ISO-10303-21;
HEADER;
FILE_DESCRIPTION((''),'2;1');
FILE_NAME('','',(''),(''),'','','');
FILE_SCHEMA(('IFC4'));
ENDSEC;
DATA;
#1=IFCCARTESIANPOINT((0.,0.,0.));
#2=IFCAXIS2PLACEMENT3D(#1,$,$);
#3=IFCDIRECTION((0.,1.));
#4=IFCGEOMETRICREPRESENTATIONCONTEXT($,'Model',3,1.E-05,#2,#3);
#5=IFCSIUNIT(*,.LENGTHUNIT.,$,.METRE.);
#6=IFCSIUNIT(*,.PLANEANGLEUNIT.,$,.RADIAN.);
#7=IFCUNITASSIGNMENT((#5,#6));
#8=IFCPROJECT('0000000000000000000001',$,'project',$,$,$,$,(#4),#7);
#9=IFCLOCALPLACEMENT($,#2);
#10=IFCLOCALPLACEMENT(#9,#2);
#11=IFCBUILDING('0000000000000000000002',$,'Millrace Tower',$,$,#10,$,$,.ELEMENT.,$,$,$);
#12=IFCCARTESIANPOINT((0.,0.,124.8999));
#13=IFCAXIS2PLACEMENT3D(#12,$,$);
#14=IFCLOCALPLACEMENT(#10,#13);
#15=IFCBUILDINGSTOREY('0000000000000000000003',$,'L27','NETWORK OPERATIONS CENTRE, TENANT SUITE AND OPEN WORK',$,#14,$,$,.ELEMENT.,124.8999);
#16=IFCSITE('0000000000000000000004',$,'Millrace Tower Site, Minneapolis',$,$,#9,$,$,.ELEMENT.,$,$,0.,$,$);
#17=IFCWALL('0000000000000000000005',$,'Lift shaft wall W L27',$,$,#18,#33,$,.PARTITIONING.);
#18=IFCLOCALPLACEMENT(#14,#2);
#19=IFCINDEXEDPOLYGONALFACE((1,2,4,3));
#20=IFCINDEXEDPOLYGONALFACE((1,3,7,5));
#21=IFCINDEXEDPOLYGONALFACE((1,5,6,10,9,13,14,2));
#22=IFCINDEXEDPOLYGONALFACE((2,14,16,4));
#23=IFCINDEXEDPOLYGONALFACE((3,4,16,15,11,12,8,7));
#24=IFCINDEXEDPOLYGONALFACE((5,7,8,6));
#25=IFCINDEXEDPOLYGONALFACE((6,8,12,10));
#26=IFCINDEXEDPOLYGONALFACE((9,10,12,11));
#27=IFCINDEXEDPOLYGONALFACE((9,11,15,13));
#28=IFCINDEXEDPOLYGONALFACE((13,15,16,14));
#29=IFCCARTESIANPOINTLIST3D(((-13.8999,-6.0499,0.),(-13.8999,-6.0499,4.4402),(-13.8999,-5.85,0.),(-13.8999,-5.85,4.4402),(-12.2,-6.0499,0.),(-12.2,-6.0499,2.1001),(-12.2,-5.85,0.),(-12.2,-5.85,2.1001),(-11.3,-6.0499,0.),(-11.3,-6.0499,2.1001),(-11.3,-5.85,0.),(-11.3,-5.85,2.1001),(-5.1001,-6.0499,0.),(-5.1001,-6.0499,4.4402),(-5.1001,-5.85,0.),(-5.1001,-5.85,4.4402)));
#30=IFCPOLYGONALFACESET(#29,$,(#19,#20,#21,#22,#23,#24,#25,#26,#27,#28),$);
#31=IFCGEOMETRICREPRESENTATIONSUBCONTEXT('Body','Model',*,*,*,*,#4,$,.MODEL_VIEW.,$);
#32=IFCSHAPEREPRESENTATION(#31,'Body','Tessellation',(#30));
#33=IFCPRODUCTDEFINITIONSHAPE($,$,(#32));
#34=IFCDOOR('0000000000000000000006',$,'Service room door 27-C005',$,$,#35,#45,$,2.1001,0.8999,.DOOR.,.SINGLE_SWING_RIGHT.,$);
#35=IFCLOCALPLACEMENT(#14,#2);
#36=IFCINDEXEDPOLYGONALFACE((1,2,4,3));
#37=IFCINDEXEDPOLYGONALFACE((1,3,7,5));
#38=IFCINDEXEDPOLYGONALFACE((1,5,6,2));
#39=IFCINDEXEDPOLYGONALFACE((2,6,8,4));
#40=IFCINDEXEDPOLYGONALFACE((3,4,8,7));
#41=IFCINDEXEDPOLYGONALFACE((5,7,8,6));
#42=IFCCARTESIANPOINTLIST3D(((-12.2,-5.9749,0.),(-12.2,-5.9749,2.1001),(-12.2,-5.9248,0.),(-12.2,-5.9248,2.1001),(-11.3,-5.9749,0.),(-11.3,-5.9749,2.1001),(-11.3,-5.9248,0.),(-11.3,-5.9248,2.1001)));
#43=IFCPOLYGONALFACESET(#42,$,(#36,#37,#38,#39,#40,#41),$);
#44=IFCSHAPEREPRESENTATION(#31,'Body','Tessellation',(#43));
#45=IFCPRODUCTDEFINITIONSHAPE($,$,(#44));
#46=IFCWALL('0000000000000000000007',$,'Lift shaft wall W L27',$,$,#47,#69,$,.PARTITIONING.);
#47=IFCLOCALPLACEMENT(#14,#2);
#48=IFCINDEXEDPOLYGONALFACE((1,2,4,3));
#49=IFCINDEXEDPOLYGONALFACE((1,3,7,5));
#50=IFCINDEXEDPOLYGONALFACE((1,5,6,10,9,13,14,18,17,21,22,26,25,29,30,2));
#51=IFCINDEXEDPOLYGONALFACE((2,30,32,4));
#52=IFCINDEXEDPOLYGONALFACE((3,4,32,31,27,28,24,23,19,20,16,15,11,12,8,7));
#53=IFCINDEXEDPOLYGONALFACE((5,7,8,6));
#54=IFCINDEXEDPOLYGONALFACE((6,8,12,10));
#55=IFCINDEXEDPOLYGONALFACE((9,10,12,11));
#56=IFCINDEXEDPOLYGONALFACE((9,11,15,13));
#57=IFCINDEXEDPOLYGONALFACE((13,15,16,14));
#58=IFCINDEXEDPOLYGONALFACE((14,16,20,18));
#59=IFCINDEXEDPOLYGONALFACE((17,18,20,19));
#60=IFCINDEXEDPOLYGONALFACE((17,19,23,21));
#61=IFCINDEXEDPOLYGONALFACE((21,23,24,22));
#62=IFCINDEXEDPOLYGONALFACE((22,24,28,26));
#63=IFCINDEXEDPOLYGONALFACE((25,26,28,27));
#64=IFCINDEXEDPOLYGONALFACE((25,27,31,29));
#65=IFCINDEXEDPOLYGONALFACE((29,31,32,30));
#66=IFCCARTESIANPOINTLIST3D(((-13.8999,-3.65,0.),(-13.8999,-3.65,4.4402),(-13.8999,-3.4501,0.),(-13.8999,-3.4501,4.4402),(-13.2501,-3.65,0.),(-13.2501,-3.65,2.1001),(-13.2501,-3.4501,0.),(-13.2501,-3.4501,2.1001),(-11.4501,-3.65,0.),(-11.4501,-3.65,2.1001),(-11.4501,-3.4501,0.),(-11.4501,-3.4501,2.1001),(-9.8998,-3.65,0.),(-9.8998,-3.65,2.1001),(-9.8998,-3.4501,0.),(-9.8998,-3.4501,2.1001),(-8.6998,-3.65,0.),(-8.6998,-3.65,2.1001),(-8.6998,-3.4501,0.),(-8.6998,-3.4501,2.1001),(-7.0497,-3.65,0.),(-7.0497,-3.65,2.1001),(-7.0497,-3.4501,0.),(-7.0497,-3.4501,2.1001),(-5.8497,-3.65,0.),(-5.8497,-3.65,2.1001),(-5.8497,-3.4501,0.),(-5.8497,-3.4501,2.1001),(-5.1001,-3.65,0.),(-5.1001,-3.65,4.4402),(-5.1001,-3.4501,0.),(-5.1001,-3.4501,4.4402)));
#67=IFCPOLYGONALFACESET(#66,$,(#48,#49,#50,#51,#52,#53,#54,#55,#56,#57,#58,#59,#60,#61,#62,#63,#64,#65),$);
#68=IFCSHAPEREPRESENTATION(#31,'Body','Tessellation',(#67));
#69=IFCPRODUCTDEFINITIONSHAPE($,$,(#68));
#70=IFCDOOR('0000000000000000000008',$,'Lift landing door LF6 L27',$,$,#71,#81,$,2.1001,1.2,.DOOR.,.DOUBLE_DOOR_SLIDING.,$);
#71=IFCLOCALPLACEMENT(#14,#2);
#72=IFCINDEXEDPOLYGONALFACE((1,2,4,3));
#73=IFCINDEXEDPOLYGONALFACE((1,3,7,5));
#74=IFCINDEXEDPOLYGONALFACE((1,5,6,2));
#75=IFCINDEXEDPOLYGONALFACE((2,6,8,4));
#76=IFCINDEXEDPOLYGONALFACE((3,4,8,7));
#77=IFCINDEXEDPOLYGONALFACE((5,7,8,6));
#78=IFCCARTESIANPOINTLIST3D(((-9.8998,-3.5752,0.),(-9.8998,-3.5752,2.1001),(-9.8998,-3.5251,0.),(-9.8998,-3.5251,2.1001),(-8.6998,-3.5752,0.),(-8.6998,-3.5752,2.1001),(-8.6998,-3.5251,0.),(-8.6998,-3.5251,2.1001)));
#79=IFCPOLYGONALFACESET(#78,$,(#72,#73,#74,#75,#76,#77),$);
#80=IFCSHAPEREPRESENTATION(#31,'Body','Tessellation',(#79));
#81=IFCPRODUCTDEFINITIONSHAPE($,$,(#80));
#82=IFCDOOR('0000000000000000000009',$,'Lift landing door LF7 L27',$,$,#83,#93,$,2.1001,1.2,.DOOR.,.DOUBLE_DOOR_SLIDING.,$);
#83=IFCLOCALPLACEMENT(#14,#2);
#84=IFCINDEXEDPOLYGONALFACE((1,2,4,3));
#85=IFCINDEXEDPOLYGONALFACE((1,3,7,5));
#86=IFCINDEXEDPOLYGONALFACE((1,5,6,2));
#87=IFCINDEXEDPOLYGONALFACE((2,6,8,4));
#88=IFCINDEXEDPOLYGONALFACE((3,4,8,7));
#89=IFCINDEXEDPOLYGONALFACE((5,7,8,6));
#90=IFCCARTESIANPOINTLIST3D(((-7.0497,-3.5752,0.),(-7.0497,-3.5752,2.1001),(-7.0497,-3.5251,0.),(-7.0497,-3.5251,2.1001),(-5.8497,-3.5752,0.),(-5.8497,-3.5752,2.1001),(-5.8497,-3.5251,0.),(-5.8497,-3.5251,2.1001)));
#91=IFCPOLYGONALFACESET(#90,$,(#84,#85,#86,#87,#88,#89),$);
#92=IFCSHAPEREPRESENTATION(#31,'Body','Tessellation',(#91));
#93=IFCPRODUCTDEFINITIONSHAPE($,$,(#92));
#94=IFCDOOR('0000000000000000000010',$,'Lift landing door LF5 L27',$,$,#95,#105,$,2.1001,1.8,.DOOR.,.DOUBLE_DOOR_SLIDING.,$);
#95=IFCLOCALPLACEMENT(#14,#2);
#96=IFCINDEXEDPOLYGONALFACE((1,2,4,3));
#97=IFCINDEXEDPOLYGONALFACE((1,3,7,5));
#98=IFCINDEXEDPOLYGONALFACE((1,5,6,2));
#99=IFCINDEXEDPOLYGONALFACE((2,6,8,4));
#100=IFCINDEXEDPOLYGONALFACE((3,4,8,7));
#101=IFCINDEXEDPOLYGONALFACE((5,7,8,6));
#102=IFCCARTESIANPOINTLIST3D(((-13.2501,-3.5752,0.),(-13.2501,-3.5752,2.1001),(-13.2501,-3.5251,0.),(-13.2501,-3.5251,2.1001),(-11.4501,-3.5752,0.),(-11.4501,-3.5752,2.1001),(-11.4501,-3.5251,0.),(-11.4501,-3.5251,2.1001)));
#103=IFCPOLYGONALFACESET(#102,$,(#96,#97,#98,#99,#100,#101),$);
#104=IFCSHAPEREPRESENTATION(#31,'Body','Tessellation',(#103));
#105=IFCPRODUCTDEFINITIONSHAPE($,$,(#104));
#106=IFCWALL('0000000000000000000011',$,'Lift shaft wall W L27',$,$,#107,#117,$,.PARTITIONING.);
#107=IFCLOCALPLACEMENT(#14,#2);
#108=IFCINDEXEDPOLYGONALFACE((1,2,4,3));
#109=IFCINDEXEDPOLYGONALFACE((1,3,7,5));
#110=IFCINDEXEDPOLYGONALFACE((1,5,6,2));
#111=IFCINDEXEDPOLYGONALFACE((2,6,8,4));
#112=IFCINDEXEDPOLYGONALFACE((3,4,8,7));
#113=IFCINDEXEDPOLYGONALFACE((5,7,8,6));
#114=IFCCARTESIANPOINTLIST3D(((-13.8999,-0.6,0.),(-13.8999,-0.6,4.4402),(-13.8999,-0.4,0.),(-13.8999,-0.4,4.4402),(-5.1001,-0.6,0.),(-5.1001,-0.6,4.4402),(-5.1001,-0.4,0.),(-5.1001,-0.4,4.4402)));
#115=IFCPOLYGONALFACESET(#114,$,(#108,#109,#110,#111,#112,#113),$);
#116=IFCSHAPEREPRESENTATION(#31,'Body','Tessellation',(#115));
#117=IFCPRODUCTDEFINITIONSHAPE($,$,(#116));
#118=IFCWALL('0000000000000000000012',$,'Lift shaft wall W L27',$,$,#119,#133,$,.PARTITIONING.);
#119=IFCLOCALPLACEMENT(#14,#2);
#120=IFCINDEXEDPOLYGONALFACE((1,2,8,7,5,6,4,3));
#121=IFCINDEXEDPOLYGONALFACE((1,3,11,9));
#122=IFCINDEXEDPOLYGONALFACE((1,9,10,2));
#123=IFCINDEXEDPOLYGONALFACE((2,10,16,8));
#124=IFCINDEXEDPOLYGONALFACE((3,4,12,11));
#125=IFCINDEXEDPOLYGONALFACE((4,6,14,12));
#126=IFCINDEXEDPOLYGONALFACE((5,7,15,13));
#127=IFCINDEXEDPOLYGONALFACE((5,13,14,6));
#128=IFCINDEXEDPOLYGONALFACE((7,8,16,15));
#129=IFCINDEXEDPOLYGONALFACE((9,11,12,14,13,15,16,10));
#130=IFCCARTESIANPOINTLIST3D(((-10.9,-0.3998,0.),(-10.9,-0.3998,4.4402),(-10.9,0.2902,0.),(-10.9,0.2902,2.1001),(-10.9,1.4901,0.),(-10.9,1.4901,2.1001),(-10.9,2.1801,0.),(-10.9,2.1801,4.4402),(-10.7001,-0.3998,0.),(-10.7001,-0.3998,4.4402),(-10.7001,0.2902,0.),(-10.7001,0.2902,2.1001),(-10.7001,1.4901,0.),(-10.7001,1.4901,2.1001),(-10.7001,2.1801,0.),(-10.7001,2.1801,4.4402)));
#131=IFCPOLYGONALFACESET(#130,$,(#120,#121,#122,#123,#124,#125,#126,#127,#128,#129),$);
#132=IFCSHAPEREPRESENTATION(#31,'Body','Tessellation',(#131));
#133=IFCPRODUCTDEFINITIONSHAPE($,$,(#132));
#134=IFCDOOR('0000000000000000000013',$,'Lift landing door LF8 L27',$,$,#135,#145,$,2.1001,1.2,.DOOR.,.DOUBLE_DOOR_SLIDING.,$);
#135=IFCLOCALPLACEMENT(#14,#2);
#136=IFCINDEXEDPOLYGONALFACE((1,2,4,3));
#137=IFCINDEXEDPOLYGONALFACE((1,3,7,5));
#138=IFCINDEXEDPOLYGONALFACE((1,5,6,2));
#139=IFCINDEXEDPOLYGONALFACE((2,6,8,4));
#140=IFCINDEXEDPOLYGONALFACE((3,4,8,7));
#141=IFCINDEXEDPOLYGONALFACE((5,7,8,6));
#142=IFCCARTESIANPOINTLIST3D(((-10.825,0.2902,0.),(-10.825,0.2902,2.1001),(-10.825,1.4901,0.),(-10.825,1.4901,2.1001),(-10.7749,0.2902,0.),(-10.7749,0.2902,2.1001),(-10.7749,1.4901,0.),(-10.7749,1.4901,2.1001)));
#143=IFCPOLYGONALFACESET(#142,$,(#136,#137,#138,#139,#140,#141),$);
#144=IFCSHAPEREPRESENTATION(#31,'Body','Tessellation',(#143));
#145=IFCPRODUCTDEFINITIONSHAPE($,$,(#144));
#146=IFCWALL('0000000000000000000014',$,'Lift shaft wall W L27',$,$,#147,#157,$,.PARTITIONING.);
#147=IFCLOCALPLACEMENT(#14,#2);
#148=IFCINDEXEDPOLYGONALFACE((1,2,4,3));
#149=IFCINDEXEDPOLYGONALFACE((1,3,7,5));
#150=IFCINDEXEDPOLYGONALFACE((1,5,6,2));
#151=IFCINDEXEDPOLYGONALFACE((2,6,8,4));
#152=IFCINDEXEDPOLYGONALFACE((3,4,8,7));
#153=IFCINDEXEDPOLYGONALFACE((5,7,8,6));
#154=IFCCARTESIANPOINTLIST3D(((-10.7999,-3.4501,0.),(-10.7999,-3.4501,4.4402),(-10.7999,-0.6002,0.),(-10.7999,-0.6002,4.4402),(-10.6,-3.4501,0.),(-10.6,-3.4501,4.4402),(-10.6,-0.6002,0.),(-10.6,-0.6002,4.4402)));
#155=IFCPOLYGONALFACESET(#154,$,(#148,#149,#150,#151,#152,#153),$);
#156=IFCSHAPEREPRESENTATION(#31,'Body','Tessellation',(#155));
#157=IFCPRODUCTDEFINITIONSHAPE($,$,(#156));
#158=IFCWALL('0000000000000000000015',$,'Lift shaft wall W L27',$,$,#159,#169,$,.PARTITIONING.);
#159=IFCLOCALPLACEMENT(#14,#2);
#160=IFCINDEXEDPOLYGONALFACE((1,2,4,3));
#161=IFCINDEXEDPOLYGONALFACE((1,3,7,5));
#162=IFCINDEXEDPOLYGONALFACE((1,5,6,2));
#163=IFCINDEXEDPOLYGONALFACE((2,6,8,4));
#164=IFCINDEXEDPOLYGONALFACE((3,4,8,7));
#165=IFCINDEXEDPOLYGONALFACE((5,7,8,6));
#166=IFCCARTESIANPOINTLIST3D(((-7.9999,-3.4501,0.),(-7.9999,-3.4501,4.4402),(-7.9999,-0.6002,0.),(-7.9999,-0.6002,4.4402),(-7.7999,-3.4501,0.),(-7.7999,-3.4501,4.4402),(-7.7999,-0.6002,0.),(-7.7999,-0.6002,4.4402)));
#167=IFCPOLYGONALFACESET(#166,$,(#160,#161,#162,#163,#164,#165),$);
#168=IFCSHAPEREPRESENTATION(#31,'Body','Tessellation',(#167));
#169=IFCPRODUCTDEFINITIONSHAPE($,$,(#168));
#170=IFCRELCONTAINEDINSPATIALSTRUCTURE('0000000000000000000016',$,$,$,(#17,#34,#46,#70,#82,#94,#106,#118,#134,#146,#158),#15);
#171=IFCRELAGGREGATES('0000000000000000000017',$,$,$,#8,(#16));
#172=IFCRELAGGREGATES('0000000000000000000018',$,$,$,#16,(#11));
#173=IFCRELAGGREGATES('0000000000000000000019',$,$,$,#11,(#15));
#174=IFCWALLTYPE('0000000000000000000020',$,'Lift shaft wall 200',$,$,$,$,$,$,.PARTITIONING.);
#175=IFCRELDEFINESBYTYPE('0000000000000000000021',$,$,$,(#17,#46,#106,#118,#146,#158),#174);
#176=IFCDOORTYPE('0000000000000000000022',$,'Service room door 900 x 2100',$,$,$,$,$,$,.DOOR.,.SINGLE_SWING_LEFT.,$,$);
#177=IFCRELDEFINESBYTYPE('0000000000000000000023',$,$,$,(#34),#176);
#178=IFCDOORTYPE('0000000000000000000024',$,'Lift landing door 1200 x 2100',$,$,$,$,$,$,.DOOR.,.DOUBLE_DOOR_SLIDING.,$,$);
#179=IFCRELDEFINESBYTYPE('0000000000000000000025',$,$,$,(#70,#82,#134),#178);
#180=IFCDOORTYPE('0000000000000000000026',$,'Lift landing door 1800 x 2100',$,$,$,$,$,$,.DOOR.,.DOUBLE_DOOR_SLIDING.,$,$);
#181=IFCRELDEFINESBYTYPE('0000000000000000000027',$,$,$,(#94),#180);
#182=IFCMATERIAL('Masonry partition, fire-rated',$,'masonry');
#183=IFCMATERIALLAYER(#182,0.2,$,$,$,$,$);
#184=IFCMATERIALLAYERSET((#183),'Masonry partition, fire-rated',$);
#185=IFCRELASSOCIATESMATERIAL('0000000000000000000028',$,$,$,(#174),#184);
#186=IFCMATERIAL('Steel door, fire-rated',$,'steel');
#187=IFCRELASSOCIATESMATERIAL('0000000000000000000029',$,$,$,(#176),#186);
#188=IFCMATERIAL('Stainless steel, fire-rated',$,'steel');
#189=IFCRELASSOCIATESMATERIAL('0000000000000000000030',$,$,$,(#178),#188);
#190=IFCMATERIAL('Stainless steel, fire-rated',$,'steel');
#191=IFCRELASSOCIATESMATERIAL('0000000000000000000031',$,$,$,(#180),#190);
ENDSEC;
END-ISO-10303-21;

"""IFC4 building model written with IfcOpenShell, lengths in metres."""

from ifc_helpers import new_model, si_unit, direction, frame, frame_2d, origin, place, context, subcontext, project, spatial, rectangle, extrude, material, layer, layer_set, type_object, element, fill, save


model = new_model("IFC4")

# Units and contexts
model_context = context("Model", 3, precision=1e-05, world=origin(), true_north=direction((0.0, 1.0)))
body_context = subcontext(model_context, "Body", "Model", "MODEL_VIEW")
ifc_project = project(units=[si_unit("LENGTHUNIT", "METRE"), si_unit("PLANEANGLEUNIT", "RADIAN")], contexts=[model_context])

# Site, building, storey
site_placement = place(None, origin())
site = spatial("IfcSite", under=ifc_project, at=site_placement, Name="Millrace Tower Site, Minneapolis", CompositionType="ELEMENT", RefElevation=0.0)
building_placement = place(site_placement, origin())
building = spatial("IfcBuilding", under=site, at=building_placement, Name="Millrace Tower", CompositionType="ELEMENT")
storey_placement = place(building_placement, frame((0.0, 0.0, 124.8999)))
storey = spatial("IfcBuildingStorey", under=building, at=storey_placement, Name="L27", Description="NETWORK OPERATIONS CENTRE, TENANT SUITE AND OPEN WORK", CompositionType="ELEMENT", Elevation=124.8999)

# Wall, opening, door
ifc_material_1 = material(Name="Masonry partition, fire-rated", Category="masonry")
ifc_layer_1 = layer(ifc_material_1, 0.2)
ifc_layer_set_1 = layer_set([ifc_layer_1], Name="Masonry partition, fire-rated")
wall_type_1 = type_object("IfcWallType", Name="Lift shaft wall 200", PredefinedType="PARTITIONING", material=ifc_layer_set_1)
wall_1_placement = place(storey_placement, frame((-13.8999, -5.95, 0.0), z_axis=(0.0, 0.0, 1.0), x_axis=(1.0, 0.0, 0.0)))
wall_1 = element("IfcWall", 1, at=wall_1_placement, inside=storey, type_object=wall_type_1, Name="Lift shaft wall W L27", PredefinedType="PARTITIONING", context=body_context, shape_type="SweptSolid", body=[
    extrude(rectangle(XDim=8.7998, YDim=0.2, at=frame_2d((4.3999, 0.0))), origin(), (0.0, 0.0, 1.0), 4.4402),
])
opening_1_placement = place(wall_1_placement, frame((1.7, 0.0, 0.0)))
opening_1 = element("IfcOpeningElement", 2, at=opening_1_placement, cuts=wall_1, PredefinedType="OPENING", context=body_context, shape_type="SweptSolid", body=[
    extrude(rectangle(XDim=0.8999, YDim=2.1001, at=frame_2d((0.45, 1.05))), frame((0.0, 0.1099, 0.0), z_axis=(0.0, -1.0, 0.0), x_axis=(1.0, 0.0, 0.0)), (0.0, 0.0, 1.0), 0.22),
])
ifc_material_2 = material(Name="Steel door, fire-rated", Category="steel")
door_type_1 = type_object("IfcDoorType", Name="Service room door 900 x 2100", OperationType="SINGLE_SWING_LEFT", PredefinedType="DOOR", material=ifc_material_2)
door_1_placement = place(opening_1_placement, frame((0.8999, 0.0, 0.0), z_axis=(0.0, 0.0, 1.0), x_axis=(-1.0, 0.0, 0.0)))
door_1 = element("IfcDoor", 3, at=door_1_placement, inside=storey, type_object=door_type_1, Name="Service room door 27-C005", OperationType="SINGLE_SWING_RIGHT", OverallHeight=2.1001, OverallWidth=0.8999, PredefinedType="DOOR", context=body_context, shape_type="SweptSolid", body=[
    extrude(rectangle(XDim=0.8999, YDim=2.1001, at=frame_2d((0.45, 1.05))), frame((0.0, 0.0249, 0.0), z_axis=(0.0, -1.0, 0.0), x_axis=(1.0, 0.0, 0.0)), (0.0, 0.0, 1.0), 0.05),
])
fill(opening_1, door_1)

# Wall, openings, doors
wall_2_placement = place(storey_placement, frame((-13.8999, -3.55, 0.0), z_axis=(0.0, 0.0, 1.0), x_axis=(1.0, 0.0, 0.0)))
wall_2 = element("IfcWall", 4, at=wall_2_placement, inside=storey, type_object=wall_type_1, Name="Lift shaft wall W L27", PredefinedType="PARTITIONING", context=body_context, shape_type="SweptSolid", body=[
    extrude(rectangle(XDim=8.7998, YDim=0.2, at=frame_2d((4.3999, 0.0))), origin(), (0.0, 0.0, 1.0), 4.4402),
])
opening_2_placement = place(wall_2_placement, frame((0.6499, 0.0, 0.0)))
opening_2 = element("IfcOpeningElement", 5, at=opening_2_placement, cuts=wall_2, PredefinedType="OPENING", context=body_context, shape_type="SweptSolid", body=[
    extrude(rectangle(XDim=1.8, YDim=2.1001, at=frame_2d((0.8999, 1.05))), frame((0.0, 0.1099, 0.0), z_axis=(0.0, -1.0, 0.0), x_axis=(1.0, 0.0, 0.0)), (0.0, 0.0, 1.0), 0.22),
])
opening_3_placement = place(wall_2_placement, frame((4.0, 0.0, 0.0)))
opening_3 = element("IfcOpeningElement", 6, at=opening_3_placement, cuts=wall_2, PredefinedType="OPENING", context=body_context, shape_type="SweptSolid", body=[
    extrude(rectangle(XDim=1.2, YDim=2.1001, at=frame_2d((0.6001, 1.05))), frame((0.0, 0.1099, 0.0), z_axis=(0.0, -1.0, 0.0), x_axis=(1.0, 0.0, 0.0)), (0.0, 0.0, 1.0), 0.22),
])
opening_4_placement = place(wall_2_placement, frame((6.8501, 0.0, 0.0)))
opening_4 = element("IfcOpeningElement", 7, at=opening_4_placement, cuts=wall_2, PredefinedType="OPENING", context=body_context, shape_type="SweptSolid", body=[
    extrude(rectangle(XDim=1.2, YDim=2.1001, at=frame_2d((0.6001, 1.05))), frame((0.0, 0.1099, 0.0), z_axis=(0.0, -1.0, 0.0), x_axis=(1.0, 0.0, 0.0)), (0.0, 0.0, 1.0), 0.22),
])
ifc_material_3 = material(Name="Stainless steel, fire-rated", Category="steel")
door_type_2 = type_object("IfcDoorType", Name="Lift landing door 1200 x 2100", OperationType="DOUBLE_DOOR_SLIDING", PredefinedType="DOOR", material=ifc_material_3)
door_2_placement = place(opening_3_placement, origin())
door_2 = element("IfcDoor", 8, at=door_2_placement, inside=storey, type_object=door_type_2, Name="Lift landing door LF6 L27", OperationType="DOUBLE_DOOR_SLIDING", OverallHeight=2.1001, OverallWidth=1.2, PredefinedType="DOOR", context=body_context, shape_type="SweptSolid", body=[
    extrude(rectangle(XDim=1.2, YDim=2.1001, at=frame_2d((0.6001, 1.05))), frame((0.0, 0.0249, 0.0), z_axis=(0.0, -1.0, 0.0), x_axis=(1.0, 0.0, 0.0)), (0.0, 0.0, 1.0), 0.05),
])
fill(opening_3, door_2)
door_3_placement = place(opening_4_placement, origin())
door_3 = element("IfcDoor", 9, at=door_3_placement, inside=storey, type_object=door_type_2, Name="Lift landing door LF7 L27", OperationType="DOUBLE_DOOR_SLIDING", OverallHeight=2.1001, OverallWidth=1.2, PredefinedType="DOOR", context=body_context, shape_type="SweptSolid", body=[
    extrude(rectangle(XDim=1.2, YDim=2.1001, at=frame_2d((0.6001, 1.05))), frame((0.0, 0.0249, 0.0), z_axis=(0.0, -1.0, 0.0), x_axis=(1.0, 0.0, 0.0)), (0.0, 0.0, 1.0), 0.05),
])
fill(opening_4, door_3)
ifc_material_4 = material(Name="Stainless steel, fire-rated", Category="steel")
door_type_3 = type_object("IfcDoorType", Name="Lift landing door 1800 x 2100", OperationType="DOUBLE_DOOR_SLIDING", PredefinedType="DOOR", material=ifc_material_4)
door_4_placement = place(opening_2_placement, origin())
door_4 = element("IfcDoor", 10, at=door_4_placement, inside=storey, type_object=door_type_3, Name="Lift landing door LF5 L27", OperationType="DOUBLE_DOOR_SLIDING", OverallHeight=2.1001, OverallWidth=1.8, PredefinedType="DOOR", context=body_context, shape_type="SweptSolid", body=[
    extrude(rectangle(XDim=1.8, YDim=2.1001, at=frame_2d((0.8999, 1.05))), frame((0.0, 0.0249, 0.0), z_axis=(0.0, -1.0, 0.0), x_axis=(1.0, 0.0, 0.0)), (0.0, 0.0, 1.0), 0.05),
])
fill(opening_2, door_4)

# Wall
wall_3_placement = place(storey_placement, frame((-13.8999, -0.5, 0.0), z_axis=(0.0, 0.0, 1.0), x_axis=(1.0, 0.0, 0.0)))
element("IfcWall", 11, at=wall_3_placement, inside=storey, type_object=wall_type_1, Name="Lift shaft wall W L27", PredefinedType="PARTITIONING", context=body_context, shape_type="SweptSolid", body=[
    extrude(rectangle(XDim=8.7998, YDim=0.2, at=frame_2d((4.3999, 0.0))), origin(), (0.0, 0.0, 1.0), 4.4402),
])

# Wall, opening, door
wall_4_placement = place(storey_placement, frame((-10.8, -0.3999, 0.0), z_axis=(0.0, 0.0, 1.0), x_axis=(0.0, 1.0, 0.0)))
wall_4 = element("IfcWall", 12, at=wall_4_placement, inside=storey, type_object=wall_type_1, Name="Lift shaft wall W L27", PredefinedType="PARTITIONING", context=body_context, shape_type="SweptSolid", body=[
    extrude(rectangle(XDim=2.5798, YDim=0.2, at=frame_2d((1.29, 0.0))), origin(), (0.0, 0.0, 1.0), 4.4402),
])
opening_5_placement = place(wall_4_placement, frame((0.6899, 0.0, 0.0)))
opening_5 = element("IfcOpeningElement", 13, at=opening_5_placement, cuts=wall_4, PredefinedType="OPENING", context=body_context, shape_type="SweptSolid", body=[
    extrude(rectangle(XDim=1.2, YDim=2.1001, at=frame_2d((0.6001, 1.05))), frame((0.0, 0.1099, 0.0), z_axis=(0.0, -1.0, 0.0), x_axis=(1.0, 0.0, 0.0)), (0.0, 0.0, 1.0), 0.22),
])
door_5_placement = place(opening_5_placement, origin())
door_5 = element("IfcDoor", 14, at=door_5_placement, inside=storey, type_object=door_type_2, Name="Lift landing door LF8 L27", OperationType="DOUBLE_DOOR_SLIDING", OverallHeight=2.1001, OverallWidth=1.2, PredefinedType="DOOR", context=body_context, shape_type="SweptSolid", body=[
    extrude(rectangle(XDim=1.2, YDim=2.1001, at=frame_2d((0.6001, 1.05))), frame((0.0, 0.0249, 0.0), z_axis=(0.0, -1.0, 0.0), x_axis=(1.0, 0.0, 0.0)), (0.0, 0.0, 1.0), 0.05),
])
fill(opening_5, door_5)

# Walls
for number, where, z_axis, x_axis, name in (
    (15, (-10.7, -3.45, 0.0), (0.0, 0.0, 1.0), (0.0, 1.0, 0.0), "Lift shaft wall W L27"),
    (16, (-7.8999, -3.45, 0.0), (0.0, 0.0, 1.0), (0.0, 1.0, 0.0), "Lift shaft wall W L27"),
):
    element("IfcWall", number, at=place(storey_placement, frame(where, z_axis=z_axis, x_axis=x_axis)), inside=storey, type_object=wall_type_1, Name=name, PredefinedType="PARTITIONING", context=body_context, shape_type="SweptSolid", body=[
        extrude(rectangle(XDim=2.8499, YDim=0.2, at=frame_2d((1.4248, 0.0))), origin(), (0.0, 0.0, 1.0), 4.4402),
    ])

save(model, "model.ifc")
